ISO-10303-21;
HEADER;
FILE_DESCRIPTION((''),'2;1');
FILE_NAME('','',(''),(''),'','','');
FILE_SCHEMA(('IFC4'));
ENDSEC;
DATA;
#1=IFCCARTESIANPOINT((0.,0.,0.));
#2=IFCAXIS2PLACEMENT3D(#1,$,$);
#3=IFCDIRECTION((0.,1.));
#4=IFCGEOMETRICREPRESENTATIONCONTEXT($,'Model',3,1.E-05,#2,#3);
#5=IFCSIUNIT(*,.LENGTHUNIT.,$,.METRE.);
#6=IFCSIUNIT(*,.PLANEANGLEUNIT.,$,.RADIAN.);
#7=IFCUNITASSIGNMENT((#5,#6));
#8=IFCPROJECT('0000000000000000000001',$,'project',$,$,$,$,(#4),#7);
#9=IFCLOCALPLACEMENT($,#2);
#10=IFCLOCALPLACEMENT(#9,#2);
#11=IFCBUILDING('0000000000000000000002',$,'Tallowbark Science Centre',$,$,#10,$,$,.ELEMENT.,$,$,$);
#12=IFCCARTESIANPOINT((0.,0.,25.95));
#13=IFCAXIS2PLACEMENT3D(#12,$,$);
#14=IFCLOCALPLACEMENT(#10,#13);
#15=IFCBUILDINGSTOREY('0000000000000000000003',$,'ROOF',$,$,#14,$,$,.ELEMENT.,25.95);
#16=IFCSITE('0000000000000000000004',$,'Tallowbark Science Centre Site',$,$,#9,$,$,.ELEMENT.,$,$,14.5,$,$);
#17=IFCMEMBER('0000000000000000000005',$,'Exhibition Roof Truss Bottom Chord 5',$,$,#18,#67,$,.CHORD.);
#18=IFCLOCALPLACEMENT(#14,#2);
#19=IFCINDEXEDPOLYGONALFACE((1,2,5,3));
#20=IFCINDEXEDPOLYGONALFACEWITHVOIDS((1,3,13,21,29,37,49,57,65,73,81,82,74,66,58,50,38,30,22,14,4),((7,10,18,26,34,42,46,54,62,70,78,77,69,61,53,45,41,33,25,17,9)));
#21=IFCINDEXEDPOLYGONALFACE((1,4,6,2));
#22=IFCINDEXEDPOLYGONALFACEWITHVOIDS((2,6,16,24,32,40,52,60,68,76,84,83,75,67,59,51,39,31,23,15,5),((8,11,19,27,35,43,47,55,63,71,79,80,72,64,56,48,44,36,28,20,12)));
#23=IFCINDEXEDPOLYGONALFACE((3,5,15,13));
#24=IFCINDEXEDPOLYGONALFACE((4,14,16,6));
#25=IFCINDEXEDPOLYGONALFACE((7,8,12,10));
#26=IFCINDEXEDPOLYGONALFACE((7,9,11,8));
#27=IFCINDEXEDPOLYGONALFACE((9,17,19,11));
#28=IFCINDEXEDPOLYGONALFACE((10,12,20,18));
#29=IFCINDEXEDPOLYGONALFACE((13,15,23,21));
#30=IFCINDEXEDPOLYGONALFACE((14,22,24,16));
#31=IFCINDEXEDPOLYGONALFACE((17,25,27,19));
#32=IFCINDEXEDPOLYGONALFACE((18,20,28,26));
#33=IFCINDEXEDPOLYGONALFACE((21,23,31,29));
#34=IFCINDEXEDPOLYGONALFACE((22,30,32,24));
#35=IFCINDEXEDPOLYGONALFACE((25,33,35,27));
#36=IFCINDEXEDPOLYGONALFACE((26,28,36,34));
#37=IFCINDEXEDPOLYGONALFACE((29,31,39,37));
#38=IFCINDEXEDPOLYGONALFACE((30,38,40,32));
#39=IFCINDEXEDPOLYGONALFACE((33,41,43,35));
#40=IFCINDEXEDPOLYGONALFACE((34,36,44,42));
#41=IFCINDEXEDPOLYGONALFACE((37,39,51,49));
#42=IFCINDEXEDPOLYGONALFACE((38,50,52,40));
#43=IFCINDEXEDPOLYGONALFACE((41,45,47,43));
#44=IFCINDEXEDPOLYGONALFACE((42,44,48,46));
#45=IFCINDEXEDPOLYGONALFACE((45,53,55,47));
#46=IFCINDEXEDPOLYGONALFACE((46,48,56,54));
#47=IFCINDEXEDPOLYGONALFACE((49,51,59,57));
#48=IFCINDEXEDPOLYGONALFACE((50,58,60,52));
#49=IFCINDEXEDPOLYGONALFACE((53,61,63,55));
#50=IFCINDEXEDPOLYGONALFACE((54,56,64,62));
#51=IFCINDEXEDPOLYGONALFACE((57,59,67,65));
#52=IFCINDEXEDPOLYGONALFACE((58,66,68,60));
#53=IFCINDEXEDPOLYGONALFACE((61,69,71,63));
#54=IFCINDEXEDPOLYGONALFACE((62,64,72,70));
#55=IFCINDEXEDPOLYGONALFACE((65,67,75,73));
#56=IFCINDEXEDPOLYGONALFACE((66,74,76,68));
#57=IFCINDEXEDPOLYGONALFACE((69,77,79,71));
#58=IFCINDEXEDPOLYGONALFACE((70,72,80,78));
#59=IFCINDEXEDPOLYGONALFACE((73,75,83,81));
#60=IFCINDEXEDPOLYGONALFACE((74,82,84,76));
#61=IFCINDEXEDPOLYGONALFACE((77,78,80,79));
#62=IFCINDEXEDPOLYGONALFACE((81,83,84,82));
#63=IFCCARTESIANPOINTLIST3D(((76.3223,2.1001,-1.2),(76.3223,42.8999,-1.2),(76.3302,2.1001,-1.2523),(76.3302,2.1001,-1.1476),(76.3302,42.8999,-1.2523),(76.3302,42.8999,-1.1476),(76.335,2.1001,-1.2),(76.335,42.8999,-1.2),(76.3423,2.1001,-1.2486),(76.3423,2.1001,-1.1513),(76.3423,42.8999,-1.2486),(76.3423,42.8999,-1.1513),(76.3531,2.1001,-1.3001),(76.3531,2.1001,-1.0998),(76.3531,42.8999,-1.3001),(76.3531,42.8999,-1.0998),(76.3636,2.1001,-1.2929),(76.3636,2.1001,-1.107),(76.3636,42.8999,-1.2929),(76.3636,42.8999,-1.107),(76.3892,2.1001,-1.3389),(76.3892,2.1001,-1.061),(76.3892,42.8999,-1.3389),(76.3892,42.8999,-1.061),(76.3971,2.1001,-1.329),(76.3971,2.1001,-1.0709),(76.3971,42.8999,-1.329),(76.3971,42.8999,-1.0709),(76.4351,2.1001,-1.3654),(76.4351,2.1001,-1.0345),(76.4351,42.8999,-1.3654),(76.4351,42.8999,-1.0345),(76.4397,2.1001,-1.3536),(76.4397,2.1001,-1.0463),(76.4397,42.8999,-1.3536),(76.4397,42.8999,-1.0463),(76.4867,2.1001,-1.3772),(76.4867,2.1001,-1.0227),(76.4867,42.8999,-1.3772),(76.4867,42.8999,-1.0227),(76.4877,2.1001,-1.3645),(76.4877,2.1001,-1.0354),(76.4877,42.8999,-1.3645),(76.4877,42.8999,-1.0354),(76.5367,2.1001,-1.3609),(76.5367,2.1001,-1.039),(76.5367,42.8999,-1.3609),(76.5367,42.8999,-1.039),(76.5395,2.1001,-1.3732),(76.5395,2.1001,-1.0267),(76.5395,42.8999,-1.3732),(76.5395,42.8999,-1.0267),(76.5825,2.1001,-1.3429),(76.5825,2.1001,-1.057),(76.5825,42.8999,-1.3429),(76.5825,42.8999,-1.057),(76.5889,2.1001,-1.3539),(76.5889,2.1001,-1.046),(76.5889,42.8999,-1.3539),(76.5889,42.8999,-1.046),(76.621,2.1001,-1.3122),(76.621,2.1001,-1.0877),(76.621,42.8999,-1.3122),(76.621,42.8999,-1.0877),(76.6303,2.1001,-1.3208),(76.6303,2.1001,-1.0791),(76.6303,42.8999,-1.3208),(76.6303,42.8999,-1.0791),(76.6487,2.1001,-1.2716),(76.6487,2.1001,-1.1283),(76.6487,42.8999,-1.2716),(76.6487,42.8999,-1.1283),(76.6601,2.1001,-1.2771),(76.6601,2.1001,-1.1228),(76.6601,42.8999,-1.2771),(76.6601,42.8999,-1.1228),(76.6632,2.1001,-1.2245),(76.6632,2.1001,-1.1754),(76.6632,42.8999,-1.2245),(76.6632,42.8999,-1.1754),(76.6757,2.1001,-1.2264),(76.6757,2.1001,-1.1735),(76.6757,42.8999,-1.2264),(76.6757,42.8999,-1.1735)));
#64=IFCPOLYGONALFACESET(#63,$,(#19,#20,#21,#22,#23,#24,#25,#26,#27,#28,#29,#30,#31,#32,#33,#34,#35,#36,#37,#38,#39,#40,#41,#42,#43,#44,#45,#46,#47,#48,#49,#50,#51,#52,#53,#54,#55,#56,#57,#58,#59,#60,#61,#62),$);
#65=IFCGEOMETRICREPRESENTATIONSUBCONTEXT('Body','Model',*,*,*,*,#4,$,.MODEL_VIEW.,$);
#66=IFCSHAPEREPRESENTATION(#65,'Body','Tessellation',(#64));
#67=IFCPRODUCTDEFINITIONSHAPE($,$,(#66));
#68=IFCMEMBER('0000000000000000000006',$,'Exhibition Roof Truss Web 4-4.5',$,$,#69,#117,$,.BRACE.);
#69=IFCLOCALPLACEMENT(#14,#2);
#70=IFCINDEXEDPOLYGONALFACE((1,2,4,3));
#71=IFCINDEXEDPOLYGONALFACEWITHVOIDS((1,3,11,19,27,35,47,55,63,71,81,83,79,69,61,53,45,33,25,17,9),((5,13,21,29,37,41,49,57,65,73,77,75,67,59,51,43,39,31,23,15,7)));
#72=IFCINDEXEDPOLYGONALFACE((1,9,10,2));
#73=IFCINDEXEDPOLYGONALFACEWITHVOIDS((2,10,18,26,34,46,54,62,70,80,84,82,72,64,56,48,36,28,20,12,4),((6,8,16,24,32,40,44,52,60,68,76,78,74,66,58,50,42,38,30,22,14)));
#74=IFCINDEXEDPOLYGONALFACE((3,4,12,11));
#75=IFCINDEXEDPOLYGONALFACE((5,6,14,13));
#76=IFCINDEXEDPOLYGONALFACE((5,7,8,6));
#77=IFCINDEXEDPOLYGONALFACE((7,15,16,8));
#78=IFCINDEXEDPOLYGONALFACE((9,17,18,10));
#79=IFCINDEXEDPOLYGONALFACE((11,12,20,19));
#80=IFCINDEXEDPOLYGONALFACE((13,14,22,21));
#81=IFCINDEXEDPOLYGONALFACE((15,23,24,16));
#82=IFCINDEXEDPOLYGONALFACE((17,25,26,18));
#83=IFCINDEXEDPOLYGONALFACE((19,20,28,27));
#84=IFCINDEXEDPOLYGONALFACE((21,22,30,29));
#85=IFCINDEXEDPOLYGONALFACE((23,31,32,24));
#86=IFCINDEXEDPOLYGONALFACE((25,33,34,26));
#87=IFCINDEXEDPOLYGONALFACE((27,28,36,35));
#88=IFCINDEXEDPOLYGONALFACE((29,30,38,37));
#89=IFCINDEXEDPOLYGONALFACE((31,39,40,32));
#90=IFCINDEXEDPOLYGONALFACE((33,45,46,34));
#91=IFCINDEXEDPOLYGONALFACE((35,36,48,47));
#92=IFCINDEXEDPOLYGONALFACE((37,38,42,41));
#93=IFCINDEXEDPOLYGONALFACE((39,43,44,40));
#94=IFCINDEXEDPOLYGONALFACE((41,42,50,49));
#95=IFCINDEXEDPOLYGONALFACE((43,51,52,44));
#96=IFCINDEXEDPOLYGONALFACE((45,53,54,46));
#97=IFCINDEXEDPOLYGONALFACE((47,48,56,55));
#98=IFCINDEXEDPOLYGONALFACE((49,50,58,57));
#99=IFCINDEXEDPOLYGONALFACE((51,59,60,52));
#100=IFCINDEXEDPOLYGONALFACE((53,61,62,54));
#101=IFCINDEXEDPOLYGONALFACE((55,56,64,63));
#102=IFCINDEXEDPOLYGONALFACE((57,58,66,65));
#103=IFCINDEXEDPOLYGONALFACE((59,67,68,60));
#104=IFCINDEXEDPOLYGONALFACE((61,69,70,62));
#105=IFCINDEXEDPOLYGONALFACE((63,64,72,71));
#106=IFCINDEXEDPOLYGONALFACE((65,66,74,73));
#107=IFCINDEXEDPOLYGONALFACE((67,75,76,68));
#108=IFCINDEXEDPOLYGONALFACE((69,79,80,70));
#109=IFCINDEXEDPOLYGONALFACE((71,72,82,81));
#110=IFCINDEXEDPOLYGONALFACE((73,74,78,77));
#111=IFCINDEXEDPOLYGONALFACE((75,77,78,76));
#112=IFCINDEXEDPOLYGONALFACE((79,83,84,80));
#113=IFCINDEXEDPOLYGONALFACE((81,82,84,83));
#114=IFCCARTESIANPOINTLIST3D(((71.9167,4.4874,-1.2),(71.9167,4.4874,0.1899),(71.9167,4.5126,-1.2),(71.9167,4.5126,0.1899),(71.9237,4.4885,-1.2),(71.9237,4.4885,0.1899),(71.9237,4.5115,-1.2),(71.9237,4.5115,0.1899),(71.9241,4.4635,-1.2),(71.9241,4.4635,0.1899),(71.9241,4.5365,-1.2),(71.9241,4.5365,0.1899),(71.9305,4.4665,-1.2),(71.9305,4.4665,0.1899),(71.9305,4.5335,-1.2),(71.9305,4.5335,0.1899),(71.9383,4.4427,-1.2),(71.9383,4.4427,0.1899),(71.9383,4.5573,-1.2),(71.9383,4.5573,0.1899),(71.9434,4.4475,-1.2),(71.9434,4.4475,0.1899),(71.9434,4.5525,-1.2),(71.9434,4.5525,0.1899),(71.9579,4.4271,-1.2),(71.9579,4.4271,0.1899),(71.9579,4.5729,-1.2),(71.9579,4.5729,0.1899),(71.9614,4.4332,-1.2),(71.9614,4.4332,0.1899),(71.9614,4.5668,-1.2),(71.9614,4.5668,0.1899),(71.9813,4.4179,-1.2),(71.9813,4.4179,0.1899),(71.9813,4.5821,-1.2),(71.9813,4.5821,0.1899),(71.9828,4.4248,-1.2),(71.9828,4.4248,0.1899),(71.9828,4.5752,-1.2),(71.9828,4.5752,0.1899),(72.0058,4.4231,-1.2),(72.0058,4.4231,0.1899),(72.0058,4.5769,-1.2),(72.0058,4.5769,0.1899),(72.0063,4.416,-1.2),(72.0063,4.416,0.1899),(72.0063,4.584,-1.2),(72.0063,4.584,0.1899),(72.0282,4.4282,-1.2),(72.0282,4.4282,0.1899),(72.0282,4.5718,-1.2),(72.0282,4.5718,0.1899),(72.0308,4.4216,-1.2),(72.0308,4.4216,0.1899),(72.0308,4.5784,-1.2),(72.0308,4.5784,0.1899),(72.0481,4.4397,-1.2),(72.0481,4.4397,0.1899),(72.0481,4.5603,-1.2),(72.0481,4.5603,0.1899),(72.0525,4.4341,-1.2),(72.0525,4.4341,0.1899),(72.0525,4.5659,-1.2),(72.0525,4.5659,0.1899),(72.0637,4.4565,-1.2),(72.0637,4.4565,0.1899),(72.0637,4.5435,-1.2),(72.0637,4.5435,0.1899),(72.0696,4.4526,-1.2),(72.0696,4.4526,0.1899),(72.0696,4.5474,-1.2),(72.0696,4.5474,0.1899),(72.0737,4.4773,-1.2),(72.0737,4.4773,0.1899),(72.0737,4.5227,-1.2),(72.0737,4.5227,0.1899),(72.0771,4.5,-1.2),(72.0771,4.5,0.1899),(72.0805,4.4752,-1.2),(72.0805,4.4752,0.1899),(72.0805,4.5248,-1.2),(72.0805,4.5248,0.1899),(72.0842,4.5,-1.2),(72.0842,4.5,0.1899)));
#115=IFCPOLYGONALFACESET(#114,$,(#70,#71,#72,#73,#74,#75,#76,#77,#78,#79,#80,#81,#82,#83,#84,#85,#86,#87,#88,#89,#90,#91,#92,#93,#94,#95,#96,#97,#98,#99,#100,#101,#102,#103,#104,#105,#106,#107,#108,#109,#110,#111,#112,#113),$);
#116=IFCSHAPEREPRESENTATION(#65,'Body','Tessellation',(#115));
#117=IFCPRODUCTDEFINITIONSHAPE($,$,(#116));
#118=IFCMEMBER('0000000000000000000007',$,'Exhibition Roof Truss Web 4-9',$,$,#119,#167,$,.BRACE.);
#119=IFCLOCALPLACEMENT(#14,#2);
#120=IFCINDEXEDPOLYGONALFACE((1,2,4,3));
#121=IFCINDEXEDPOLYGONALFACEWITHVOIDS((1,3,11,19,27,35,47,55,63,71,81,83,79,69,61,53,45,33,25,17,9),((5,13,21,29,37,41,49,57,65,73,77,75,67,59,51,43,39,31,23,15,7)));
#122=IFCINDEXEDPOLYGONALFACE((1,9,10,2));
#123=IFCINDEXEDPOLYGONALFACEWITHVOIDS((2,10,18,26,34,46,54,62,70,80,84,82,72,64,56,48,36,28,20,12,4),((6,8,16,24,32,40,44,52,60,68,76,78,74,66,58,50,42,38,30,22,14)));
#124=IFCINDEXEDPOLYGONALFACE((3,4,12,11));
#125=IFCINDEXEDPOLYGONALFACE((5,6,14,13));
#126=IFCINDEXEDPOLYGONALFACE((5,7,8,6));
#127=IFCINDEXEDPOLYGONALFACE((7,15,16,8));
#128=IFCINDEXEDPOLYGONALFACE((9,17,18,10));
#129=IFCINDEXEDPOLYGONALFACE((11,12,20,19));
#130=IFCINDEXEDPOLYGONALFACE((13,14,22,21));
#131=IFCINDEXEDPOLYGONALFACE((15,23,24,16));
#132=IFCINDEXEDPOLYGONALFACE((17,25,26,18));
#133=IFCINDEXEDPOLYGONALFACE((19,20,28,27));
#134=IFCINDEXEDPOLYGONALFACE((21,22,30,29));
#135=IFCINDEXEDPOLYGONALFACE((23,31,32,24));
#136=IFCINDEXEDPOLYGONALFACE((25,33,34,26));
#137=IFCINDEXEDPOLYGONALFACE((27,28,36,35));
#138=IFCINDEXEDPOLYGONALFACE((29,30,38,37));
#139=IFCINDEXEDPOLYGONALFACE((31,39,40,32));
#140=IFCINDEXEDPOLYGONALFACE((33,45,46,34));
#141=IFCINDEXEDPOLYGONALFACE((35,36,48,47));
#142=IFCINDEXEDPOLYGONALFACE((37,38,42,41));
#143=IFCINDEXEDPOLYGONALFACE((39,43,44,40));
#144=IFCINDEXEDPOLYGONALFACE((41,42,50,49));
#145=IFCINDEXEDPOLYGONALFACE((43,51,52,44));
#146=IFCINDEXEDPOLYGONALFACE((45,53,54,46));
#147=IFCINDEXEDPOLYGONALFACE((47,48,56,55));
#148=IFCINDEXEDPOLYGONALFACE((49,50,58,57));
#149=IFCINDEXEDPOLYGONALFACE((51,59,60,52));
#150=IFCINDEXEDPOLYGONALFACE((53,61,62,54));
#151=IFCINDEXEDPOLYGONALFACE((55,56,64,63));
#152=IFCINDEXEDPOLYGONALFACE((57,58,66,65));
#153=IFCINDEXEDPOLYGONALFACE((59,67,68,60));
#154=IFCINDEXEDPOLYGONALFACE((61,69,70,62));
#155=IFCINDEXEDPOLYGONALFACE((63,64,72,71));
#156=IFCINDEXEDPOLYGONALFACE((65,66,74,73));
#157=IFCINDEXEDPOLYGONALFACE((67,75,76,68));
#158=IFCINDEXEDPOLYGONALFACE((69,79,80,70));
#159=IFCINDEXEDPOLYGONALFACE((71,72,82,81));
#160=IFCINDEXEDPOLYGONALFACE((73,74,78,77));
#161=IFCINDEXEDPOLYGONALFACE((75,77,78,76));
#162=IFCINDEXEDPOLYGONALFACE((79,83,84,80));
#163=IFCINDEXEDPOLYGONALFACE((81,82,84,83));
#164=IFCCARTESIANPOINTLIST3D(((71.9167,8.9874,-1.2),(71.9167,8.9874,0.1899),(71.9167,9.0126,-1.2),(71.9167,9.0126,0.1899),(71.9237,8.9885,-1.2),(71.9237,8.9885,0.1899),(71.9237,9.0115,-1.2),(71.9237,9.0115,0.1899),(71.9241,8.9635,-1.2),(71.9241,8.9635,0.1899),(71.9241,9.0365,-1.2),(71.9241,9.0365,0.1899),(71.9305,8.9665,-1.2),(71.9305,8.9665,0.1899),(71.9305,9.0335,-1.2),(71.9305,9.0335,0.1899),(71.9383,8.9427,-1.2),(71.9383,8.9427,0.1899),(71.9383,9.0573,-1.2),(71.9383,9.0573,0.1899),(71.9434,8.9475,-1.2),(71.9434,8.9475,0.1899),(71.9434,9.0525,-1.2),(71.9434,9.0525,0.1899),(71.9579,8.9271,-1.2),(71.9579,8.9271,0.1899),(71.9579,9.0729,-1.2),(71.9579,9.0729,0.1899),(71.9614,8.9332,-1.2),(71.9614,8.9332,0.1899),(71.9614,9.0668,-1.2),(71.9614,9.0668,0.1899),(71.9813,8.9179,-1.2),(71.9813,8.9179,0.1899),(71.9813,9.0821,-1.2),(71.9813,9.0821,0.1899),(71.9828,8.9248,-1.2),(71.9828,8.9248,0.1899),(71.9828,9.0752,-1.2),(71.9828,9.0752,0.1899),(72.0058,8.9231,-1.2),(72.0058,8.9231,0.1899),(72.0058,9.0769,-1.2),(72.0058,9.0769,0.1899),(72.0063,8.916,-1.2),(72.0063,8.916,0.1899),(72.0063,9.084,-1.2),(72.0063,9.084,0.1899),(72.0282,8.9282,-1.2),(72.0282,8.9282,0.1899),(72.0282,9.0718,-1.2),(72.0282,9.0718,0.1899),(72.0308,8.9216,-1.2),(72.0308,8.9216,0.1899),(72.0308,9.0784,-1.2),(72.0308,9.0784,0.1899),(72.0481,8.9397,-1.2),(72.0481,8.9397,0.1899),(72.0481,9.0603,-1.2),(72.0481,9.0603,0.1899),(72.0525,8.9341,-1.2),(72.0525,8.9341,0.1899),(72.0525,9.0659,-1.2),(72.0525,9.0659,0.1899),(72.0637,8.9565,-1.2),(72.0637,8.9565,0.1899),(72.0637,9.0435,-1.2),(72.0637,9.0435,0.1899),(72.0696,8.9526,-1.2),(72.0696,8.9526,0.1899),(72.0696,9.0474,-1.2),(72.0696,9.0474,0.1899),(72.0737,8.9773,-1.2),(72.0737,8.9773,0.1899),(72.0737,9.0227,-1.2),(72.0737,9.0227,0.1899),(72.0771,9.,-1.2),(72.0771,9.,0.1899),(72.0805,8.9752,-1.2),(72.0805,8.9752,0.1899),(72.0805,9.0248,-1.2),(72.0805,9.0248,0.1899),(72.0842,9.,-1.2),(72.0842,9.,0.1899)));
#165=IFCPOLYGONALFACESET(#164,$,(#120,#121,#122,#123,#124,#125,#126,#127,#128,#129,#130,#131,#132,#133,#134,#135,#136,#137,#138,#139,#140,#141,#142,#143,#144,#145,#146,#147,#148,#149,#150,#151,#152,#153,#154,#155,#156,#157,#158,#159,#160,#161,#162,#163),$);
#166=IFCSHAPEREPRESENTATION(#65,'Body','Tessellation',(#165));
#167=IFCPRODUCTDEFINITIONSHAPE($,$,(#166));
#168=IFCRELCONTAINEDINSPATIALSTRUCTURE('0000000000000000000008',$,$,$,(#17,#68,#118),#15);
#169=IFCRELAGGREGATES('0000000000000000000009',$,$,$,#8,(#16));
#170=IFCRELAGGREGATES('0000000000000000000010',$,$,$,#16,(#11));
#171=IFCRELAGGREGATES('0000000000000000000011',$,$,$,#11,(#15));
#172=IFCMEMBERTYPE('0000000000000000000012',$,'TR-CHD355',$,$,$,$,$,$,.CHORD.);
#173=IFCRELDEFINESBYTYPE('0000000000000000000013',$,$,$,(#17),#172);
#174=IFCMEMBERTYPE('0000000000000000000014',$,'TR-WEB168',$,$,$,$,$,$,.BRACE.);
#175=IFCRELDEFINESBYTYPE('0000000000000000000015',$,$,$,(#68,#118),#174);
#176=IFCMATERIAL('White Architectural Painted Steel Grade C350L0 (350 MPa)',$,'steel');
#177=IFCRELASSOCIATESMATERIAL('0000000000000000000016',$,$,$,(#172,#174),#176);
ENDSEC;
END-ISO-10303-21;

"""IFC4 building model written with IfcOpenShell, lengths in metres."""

from ifc_helpers import new_model, si_unit, direction, frame, origin, origin_2d, place, context, subcontext, project, spatial, hollow_circle, extrude, material, material_profile, profile_set, type_object, element, save


model = new_model("IFC4")

# Units and contexts
model_context = context("Model", 3, precision=1e-05, world=origin(), true_north=direction((0.0, 1.0)))
body_context = subcontext(model_context, "Body", "Model", "MODEL_VIEW")
ifc_project = project(units=[si_unit("LENGTHUNIT", "METRE"), si_unit("PLANEANGLEUNIT", "RADIAN")], contexts=[model_context])

# Site, building, storey
site_placement = place(None, origin())
site = spatial("IfcSite", under=ifc_project, at=site_placement, Name="Tallowbark Science Centre Site", CompositionType="ELEMENT", RefElevation=14.5)
building_placement = place(site_placement, origin())
building = spatial("IfcBuilding", under=site, at=building_placement, Name="Tallowbark Science Centre", CompositionType="ELEMENT")
storey_placement = place(building_placement, frame((0.0, 0.0, 25.95)))
storey = spatial("IfcBuildingStorey", under=building, at=storey_placement, Name="ROOF", CompositionType="ELEMENT", Elevation=25.95)

# Shared definitions
ifc_material_1 = material(Name="White Architectural Painted Steel Grade C350L0 (350 MPa)", Category="steel")

# Members
ifc_material_profile_1 = material_profile(ifc_material_1, hollow_circle(Radius=0.1777, WallThickness=0.0127, at=origin_2d()), Name="355.6x12.7CHS")
ifc_profile_set_1 = profile_set([ifc_material_profile_1], Name="White Architectural Painted Steel Grade C350L0 (350 MPa)")
member_type_1 = type_object("IfcMemberType", Name="TR-CHD355", PredefinedType="CHORD", material=ifc_profile_set_1)
for number, where, z_axis, x_axis, name in (
    (1, (76.5, 2.1001, -1.2), (0.0, 1.0, 0.0), (-1.0, 0.0, 0.0), "Exhibition Roof Truss Bottom Chord 5"),
):
    element("IfcMember", number, at=place(storey_placement, frame(where, z_axis=z_axis, x_axis=x_axis)), inside=storey, type_object=member_type_1, Name=name, PredefinedType="CHORD", context=body_context, shape_type="SweptSolid", body=[
        extrude(hollow_circle(Radius=0.1777, WallThickness=0.0127, at=origin_2d()), origin(), (0.0, 0.0, 1.0), 40.7998),
    ])
ifc_material_profile_2 = material_profile(ifc_material_1, hollow_circle(Radius=0.0842, WallThickness=0.0071, at=origin_2d()), Name="168.3x7.1CHS")
ifc_profile_set_2 = profile_set([ifc_material_profile_2], Name="White Architectural Painted Steel Grade C350L0 (350 MPa)")
member_type_2 = type_object("IfcMemberType", Name="TR-WEB168", PredefinedType="BRACE", material=ifc_profile_set_2)
for number, where, z_axis, x_axis, name in (
    (2, (72.0, 4.5, -1.2), (0.0, 0.0, 1.0), (1.0, 0.0, 0.0), "Exhibition Roof Truss Web 4-4.5"),
    (3, (72.0, 9.0, -1.2), (0.0, 0.0, 1.0), (1.0, 0.0, 0.0), "Exhibition Roof Truss Web 4-9"),
):
    element("IfcMember", number, at=place(storey_placement, frame(where, z_axis=z_axis, x_axis=x_axis)), inside=storey, type_object=member_type_2, Name=name, PredefinedType="BRACE", context=body_context, shape_type="SweptSolid", body=[
        extrude(hollow_circle(Radius=0.0842, WallThickness=0.0071, at=origin_2d()), origin(), (0.0, 0.0, 1.0), 1.3899),
    ])

save(model, "model.ifc")
